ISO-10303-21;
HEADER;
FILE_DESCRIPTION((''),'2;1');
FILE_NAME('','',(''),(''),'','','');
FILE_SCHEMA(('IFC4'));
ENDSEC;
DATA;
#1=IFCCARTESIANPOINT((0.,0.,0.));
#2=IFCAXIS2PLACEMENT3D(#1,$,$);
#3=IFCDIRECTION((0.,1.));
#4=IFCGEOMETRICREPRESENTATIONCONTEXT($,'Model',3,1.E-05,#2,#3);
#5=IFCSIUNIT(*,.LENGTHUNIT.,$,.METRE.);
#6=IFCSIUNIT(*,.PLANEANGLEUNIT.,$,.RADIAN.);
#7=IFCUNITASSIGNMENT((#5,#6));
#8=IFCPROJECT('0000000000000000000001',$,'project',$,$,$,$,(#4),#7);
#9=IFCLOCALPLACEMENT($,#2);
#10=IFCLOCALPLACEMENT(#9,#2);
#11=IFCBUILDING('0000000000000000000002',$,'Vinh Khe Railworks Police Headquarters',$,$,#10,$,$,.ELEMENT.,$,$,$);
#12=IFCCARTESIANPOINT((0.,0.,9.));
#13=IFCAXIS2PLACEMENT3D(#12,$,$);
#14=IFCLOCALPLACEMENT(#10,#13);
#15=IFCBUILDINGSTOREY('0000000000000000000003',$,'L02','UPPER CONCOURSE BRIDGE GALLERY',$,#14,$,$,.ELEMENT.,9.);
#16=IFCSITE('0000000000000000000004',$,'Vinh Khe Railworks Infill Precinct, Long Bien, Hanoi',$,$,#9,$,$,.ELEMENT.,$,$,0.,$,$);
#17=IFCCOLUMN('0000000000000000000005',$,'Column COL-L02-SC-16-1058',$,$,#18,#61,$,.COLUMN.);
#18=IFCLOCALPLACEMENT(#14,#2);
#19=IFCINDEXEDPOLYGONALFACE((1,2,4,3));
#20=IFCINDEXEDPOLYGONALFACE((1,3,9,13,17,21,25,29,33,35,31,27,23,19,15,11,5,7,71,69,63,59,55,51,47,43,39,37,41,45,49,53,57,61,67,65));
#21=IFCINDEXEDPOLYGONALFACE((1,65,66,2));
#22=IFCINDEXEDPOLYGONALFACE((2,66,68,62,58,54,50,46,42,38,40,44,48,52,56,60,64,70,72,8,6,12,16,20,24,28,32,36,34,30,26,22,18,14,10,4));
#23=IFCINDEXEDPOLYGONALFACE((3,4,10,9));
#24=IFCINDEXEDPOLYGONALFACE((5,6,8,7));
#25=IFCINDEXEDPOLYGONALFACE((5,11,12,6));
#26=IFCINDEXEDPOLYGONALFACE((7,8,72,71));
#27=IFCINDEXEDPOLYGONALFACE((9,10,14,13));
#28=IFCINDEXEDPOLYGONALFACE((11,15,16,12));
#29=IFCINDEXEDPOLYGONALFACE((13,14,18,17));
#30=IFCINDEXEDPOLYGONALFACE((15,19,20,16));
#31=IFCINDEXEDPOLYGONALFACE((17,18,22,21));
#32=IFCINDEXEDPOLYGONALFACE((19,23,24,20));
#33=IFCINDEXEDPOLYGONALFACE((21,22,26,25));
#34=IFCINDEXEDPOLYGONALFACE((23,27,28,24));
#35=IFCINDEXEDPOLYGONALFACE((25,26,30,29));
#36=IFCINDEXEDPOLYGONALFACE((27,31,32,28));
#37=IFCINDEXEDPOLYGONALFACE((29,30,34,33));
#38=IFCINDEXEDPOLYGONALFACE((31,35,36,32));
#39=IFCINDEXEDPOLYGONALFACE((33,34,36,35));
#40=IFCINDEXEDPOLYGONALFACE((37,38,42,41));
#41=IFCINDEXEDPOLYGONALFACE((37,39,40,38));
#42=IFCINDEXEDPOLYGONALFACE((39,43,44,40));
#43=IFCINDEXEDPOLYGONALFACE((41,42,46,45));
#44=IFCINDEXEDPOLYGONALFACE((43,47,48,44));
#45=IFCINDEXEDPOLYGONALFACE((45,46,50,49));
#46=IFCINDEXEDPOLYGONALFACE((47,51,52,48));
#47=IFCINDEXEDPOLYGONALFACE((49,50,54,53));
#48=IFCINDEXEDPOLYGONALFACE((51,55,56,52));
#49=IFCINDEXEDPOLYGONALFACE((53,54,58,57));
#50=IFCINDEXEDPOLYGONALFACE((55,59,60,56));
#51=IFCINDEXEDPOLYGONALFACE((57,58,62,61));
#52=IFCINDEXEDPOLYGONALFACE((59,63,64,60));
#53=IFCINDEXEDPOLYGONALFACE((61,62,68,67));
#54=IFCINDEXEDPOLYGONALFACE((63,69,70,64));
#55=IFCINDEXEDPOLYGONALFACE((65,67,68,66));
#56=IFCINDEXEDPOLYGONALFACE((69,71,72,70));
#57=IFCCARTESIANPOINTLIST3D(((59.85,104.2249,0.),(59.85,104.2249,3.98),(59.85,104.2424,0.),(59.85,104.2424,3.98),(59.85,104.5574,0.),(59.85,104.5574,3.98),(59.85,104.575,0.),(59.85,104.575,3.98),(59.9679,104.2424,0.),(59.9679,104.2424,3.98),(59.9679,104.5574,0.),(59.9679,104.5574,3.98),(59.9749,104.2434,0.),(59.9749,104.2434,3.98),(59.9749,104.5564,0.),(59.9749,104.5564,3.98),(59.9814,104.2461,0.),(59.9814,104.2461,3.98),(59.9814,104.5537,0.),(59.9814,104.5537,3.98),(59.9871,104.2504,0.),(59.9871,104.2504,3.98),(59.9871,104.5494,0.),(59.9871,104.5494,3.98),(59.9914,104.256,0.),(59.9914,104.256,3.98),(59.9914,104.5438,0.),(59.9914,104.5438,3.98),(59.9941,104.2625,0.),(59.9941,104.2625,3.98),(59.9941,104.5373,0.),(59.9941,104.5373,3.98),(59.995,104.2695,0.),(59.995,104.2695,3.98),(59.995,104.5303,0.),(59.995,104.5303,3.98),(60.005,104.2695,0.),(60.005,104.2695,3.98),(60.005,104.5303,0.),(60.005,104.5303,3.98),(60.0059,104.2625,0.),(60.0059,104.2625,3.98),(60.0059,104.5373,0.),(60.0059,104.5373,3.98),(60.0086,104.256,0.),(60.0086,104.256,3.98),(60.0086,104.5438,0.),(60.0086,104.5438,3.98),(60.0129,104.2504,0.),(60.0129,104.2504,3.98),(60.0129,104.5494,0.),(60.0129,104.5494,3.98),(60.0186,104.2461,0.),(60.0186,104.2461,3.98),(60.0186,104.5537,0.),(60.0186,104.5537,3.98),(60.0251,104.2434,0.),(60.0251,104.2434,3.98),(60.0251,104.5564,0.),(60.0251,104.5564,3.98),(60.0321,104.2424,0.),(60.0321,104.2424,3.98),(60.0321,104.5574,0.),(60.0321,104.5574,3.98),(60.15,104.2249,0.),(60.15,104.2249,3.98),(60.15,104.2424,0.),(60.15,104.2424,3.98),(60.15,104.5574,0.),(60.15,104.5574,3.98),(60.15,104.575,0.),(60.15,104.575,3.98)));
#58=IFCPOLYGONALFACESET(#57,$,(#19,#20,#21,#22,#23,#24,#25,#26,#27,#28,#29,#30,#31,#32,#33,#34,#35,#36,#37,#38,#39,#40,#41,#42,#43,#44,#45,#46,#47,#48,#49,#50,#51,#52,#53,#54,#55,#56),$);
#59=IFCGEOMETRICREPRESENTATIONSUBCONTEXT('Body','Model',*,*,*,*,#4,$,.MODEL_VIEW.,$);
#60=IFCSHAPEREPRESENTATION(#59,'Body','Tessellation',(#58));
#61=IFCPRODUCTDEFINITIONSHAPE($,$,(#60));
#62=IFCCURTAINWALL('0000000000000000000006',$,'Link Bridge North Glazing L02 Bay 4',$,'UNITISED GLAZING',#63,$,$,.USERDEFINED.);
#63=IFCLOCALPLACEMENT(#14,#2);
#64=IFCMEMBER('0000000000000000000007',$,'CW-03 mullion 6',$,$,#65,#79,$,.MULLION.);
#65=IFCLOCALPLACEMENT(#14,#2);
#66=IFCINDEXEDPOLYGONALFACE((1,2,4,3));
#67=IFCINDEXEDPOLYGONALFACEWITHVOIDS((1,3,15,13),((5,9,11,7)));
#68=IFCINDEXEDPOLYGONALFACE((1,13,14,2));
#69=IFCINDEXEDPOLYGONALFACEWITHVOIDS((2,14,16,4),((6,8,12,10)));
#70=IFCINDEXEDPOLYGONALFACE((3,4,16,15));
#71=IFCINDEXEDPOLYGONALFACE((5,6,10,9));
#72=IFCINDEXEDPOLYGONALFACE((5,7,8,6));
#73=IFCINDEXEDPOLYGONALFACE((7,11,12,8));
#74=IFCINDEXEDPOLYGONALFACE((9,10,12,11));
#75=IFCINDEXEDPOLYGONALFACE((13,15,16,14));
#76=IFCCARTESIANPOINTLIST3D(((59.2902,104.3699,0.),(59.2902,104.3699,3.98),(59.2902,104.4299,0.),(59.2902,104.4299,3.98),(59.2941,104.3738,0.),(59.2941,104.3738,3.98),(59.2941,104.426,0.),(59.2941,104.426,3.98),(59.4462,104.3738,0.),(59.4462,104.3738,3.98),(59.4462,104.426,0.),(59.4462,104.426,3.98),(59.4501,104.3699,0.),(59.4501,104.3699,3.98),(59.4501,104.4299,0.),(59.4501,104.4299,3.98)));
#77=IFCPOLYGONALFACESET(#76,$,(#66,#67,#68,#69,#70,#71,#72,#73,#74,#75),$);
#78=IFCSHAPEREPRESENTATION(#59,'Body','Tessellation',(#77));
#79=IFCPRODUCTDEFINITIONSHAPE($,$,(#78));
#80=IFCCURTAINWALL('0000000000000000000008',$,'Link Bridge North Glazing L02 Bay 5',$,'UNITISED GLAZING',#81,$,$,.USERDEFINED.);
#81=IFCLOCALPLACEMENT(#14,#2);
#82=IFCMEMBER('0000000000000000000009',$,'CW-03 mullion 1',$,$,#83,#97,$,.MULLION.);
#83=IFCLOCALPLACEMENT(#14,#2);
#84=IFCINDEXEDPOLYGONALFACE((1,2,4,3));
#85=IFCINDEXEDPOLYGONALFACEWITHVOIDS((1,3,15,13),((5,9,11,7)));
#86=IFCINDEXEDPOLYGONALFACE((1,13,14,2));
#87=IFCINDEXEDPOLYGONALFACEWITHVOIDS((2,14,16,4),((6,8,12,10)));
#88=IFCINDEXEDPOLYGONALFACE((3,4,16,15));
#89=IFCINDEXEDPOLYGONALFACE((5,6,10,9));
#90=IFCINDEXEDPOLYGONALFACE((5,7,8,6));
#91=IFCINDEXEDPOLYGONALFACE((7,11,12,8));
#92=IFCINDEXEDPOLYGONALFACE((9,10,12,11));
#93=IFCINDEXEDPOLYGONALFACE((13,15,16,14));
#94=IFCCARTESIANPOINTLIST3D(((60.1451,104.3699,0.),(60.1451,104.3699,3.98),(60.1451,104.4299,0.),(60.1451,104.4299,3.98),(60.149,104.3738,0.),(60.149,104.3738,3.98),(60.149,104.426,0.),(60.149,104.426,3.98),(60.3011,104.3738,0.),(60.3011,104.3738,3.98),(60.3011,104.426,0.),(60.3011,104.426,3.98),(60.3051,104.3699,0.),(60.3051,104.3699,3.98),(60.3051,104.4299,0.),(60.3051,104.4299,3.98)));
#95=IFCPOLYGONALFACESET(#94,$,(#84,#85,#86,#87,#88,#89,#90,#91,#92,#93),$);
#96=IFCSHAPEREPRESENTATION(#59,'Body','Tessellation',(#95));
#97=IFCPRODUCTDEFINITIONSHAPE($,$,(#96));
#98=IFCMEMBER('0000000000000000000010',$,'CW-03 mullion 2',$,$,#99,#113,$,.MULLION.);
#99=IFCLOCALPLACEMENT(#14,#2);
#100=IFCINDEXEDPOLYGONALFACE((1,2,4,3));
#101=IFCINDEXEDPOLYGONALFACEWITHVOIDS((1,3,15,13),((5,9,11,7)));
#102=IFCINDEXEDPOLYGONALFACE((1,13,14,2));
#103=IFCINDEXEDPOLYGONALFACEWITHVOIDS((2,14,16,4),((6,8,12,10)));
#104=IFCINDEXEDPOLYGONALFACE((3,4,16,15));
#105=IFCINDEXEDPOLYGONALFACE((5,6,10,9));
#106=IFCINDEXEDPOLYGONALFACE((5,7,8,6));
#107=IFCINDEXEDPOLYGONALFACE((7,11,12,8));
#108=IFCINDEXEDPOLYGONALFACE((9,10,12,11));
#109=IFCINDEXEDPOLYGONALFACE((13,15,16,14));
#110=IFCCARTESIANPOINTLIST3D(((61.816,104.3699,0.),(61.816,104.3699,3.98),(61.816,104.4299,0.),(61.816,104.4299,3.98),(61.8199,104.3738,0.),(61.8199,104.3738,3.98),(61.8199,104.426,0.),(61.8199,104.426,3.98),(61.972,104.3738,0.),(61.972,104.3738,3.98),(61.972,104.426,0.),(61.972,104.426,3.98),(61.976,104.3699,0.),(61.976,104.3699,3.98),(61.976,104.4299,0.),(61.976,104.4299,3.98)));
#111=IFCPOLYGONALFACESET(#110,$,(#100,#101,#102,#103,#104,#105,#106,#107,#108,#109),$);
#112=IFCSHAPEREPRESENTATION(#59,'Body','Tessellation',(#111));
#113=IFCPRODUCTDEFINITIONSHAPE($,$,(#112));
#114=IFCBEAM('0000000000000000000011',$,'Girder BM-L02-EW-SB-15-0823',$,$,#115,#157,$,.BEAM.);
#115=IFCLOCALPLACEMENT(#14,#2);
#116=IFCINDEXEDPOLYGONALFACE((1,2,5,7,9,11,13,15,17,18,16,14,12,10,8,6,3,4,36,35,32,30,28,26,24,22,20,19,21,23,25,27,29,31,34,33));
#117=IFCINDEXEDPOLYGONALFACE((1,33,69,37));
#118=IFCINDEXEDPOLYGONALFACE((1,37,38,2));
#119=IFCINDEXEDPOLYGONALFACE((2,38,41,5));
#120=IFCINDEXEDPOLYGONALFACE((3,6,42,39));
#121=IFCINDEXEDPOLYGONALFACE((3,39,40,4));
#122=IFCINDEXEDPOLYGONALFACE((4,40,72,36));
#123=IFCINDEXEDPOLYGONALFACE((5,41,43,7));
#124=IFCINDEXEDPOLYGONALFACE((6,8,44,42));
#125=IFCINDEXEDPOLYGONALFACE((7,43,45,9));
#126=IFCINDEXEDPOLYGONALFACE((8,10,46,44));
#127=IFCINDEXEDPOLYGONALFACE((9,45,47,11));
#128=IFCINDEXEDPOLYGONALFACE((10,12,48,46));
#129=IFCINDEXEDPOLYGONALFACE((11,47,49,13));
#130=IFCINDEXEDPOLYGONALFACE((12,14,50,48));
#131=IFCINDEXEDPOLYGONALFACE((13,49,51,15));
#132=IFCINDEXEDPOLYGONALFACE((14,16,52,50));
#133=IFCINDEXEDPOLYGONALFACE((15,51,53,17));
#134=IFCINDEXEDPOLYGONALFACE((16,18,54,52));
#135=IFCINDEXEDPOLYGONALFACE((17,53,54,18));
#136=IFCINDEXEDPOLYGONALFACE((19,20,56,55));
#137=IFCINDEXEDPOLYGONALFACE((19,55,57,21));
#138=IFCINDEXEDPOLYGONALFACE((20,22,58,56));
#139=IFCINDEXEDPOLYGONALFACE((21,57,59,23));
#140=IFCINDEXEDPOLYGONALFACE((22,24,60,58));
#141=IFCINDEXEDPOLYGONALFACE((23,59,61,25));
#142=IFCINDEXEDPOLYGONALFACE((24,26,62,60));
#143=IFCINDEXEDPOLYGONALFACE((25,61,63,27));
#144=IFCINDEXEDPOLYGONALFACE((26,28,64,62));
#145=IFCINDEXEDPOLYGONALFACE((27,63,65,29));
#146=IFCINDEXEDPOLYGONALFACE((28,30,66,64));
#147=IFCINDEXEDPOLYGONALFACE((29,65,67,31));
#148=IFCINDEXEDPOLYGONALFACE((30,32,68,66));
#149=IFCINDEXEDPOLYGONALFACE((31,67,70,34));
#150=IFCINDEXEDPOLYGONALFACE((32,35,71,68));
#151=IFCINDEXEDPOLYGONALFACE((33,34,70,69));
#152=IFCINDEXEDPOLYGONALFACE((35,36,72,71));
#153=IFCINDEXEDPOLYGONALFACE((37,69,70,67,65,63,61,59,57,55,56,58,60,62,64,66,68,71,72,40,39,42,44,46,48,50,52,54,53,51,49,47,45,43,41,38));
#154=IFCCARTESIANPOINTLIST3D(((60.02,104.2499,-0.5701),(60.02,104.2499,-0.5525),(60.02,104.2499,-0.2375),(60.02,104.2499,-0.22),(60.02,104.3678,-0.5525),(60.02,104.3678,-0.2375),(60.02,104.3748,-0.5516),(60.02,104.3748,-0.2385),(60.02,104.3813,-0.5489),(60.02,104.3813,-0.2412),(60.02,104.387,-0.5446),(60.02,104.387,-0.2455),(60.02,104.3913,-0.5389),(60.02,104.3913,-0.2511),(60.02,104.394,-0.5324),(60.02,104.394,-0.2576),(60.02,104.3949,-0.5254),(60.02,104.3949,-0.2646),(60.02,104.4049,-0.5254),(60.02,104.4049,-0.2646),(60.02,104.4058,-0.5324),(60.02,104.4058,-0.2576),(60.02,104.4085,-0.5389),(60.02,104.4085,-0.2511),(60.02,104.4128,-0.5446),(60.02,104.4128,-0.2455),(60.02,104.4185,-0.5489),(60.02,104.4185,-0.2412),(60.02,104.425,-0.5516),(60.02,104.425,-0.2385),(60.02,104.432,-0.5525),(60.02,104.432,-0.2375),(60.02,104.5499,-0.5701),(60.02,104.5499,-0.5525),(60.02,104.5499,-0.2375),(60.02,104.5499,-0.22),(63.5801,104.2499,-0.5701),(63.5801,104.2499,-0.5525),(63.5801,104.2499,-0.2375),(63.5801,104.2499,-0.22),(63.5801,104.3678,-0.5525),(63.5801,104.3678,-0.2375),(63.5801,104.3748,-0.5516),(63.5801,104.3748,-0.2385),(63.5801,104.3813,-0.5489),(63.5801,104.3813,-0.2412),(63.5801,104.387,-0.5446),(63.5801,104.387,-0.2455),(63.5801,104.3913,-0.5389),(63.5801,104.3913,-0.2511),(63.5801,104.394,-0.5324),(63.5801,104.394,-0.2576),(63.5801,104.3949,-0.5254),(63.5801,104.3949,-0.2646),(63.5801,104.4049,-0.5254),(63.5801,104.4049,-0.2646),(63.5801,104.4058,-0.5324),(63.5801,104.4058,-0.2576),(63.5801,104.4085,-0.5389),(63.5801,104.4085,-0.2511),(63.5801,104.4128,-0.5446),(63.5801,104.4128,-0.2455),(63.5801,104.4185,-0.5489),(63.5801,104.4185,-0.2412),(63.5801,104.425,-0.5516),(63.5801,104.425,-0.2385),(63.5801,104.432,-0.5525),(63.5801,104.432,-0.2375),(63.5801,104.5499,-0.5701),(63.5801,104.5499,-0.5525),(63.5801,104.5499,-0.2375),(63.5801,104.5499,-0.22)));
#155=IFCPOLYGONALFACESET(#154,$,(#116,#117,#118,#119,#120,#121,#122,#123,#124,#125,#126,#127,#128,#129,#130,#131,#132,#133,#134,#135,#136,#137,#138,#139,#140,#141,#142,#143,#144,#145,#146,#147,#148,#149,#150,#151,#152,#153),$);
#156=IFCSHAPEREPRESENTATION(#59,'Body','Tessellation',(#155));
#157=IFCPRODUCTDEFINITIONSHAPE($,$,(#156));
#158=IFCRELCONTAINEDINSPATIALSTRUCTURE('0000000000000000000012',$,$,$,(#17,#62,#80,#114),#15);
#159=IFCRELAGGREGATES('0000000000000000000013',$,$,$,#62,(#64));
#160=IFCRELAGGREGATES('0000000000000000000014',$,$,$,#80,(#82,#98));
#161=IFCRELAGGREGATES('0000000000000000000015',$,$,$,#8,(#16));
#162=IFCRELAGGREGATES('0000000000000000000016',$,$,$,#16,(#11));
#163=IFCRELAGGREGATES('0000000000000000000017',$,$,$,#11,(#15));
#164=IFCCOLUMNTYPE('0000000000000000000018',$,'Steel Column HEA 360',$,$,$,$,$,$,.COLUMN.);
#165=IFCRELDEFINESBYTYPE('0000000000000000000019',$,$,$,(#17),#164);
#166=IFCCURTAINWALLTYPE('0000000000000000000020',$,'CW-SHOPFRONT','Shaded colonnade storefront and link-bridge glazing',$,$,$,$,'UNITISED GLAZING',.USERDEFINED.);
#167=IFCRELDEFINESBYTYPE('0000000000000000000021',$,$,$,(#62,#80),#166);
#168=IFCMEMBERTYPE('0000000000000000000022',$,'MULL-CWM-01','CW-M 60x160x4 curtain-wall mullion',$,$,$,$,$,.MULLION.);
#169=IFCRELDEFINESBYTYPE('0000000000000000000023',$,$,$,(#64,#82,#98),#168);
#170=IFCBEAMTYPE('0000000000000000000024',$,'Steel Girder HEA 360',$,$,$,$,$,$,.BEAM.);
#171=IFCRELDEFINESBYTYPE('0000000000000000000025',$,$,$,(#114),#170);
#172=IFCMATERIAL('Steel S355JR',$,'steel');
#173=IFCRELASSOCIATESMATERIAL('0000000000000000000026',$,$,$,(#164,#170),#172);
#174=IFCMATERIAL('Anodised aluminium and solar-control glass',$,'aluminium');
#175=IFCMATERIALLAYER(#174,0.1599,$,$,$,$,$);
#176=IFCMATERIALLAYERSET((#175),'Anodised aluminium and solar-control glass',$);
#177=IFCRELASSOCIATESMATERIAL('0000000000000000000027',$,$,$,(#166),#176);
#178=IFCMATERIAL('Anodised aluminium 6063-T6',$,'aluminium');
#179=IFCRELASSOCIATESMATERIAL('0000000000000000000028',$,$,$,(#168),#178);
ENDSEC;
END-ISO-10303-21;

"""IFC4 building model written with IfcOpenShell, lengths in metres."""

from ifc_helpers import new_model, si_unit, direction, frame, origin, origin_2d, place, context, subcontext, project, spatial, hollow_rectangle, i_section, extrude, material, layer, layer_set, material_profile, profile_set, type_object, element, aggregate, save


model = new_model("IFC4")

# Units and contexts
model_context = context("Model", 3, precision=1e-05, world=origin(), true_north=direction((0.0, 1.0)))
body_context = subcontext(model_context, "Body", "Model", "MODEL_VIEW")
ifc_project = project(units=[si_unit("LENGTHUNIT", "METRE"), si_unit("PLANEANGLEUNIT", "RADIAN")], contexts=[model_context])

# Site, building, storey
site_placement = place(None, origin())
site = spatial("IfcSite", under=ifc_project, at=site_placement, Name="Vinh Khe Railworks Infill Precinct, Long Bien, Hanoi", CompositionType="ELEMENT", RefElevation=0.0)
building_placement = place(site_placement, origin())
building = spatial("IfcBuilding", under=site, at=building_placement, Name="Vinh Khe Railworks Police Headquarters", CompositionType="ELEMENT")
storey_placement = place(building_placement, frame((0.0, 0.0, 9.0)))
storey = spatial("IfcBuildingStorey", under=building, at=storey_placement, Name="L02", Description="UPPER CONCOURSE BRIDGE GALLERY", CompositionType="ELEMENT", Elevation=9.0)

# Column
ifc_material_1 = material(Name="Steel S355JR", Category="steel")
ifc_material_profile_1 = material_profile(ifc_material_1, i_section(OverallWidth=0.3, OverallDepth=0.3501, WebThickness=0.01, FlangeThickness=0.0176, FilletRadius=0.0271, at=origin_2d()), Name="HEA 360")
ifc_profile_set_1 = profile_set([ifc_material_profile_1], Name="Steel S355JR")
column_type = type_object("IfcColumnType", Name="Steel Column HEA 360", PredefinedType="COLUMN", material=ifc_profile_set_1)
column_placement = place(storey_placement, frame((60.0, 104.3999, 0.0), z_axis=(0.0, 0.0, 1.0), x_axis=(1.0, 0.0, 0.0)))
element("IfcColumn", 1, at=column_placement, inside=storey, type_object=column_type, Name="Column COL-L02-SC-16-1058", PredefinedType="COLUMN", context=body_context, shape_type="SweptSolid", body=[
    extrude(i_section(OverallWidth=0.3, OverallDepth=0.3501, WebThickness=0.01, FlangeThickness=0.0176, FilletRadius=0.0271, at=origin_2d()), origin(), (0.0, 0.0, 1.0), 3.98),
])

# Curtain wall, member
ifc_material_2 = material(Name="Anodised aluminium and solar-control glass", Category="aluminium")
ifc_layer_1 = layer(ifc_material_2, 0.1599)
ifc_layer_set_1 = layer_set([ifc_layer_1], Name="Anodised aluminium and solar-control glass")
curtain_wall_type = type_object("IfcCurtainWallType", Name="CW-SHOPFRONT", Description="Shaded colonnade storefront and link-bridge glazing", ElementType="UNITISED GLAZING", PredefinedType="USERDEFINED", material=ifc_layer_set_1)
curtain_wall_1_placement = place(storey_placement, origin())
curtain_wall_1 = element("IfcCurtainWall", 2, at=curtain_wall_1_placement, inside=storey, type_object=curtain_wall_type, Name="Link Bridge North Glazing L02 Bay 4", ObjectType="UNITISED GLAZING", PredefinedType="USERDEFINED")
ifc_material_3 = material(Name="Anodised aluminium 6063-T6", Category="aluminium")
ifc_material_profile_2 = material_profile(ifc_material_3, hollow_rectangle(XDim=0.0601, YDim=0.1599, WallThickness=0.0039, at=origin_2d()), Name="CW-M 60x160x4")
ifc_profile_set_2 = profile_set([ifc_material_profile_2], Name="Anodised aluminium 6063-T6")
member_type_1 = type_object("IfcMemberType", Name="MULL-CWM-01", Description="CW-M 60x160x4 curtain-wall mullion", PredefinedType="MULLION", material=ifc_profile_set_2)
member_1_placement = place(storey_placement, frame((59.3701, 104.3999, 0.0), z_axis=(0.0, 0.0, 1.0), x_axis=(0.0, 1.0, 0.0)))
member_1 = element("IfcMember", 3, at=member_1_placement, type_object=member_type_1, Name="CW-03 mullion 6", PredefinedType="MULLION", context=body_context, shape_type="SweptSolid", body=[
    extrude(hollow_rectangle(XDim=0.0601, YDim=0.1599, WallThickness=0.0039, at=origin_2d()), origin(), (0.0, 0.0, 1.0), 3.98),
])

# Curtain wall, members
curtain_wall_2_placement = place(storey_placement, origin())
curtain_wall_2 = element("IfcCurtainWall", 4, at=curtain_wall_2_placement, inside=storey, type_object=curtain_wall_type, Name="Link Bridge North Glazing L02 Bay 5", ObjectType="UNITISED GLAZING", PredefinedType="USERDEFINED")
member_2_placement = place(storey_placement, frame((60.2251, 104.3999, 0.0), z_axis=(0.0, 0.0, 1.0), x_axis=(0.0, 1.0, 0.0)))
member_2 = element("IfcMember", 5, at=member_2_placement, type_object=member_type_1, Name="CW-03 mullion 1", PredefinedType="MULLION", context=body_context, shape_type="SweptSolid", body=[
    extrude(hollow_rectangle(XDim=0.0601, YDim=0.1599, WallThickness=0.0039, at=origin_2d()), origin(), (0.0, 0.0, 1.0), 3.98),
])
member_3_placement = place(storey_placement, frame((61.896, 104.3999, 0.0), z_axis=(0.0, 0.0, 1.0), x_axis=(0.0, 1.0, 0.0)))
member_3 = element("IfcMember", 6, at=member_3_placement, type_object=member_type_1, Name="CW-03 mullion 2", PredefinedType="MULLION", context=body_context, shape_type="SweptSolid", body=[
    extrude(hollow_rectangle(XDim=0.0601, YDim=0.1599, WallThickness=0.0039, at=origin_2d()), origin(), (0.0, 0.0, 1.0), 3.98),
])

# Beam
ifc_material_profile_3 = material_profile(ifc_material_1, i_section(OverallWidth=0.3, OverallDepth=0.3501, WebThickness=0.01, FlangeThickness=0.0176, FilletRadius=0.0271, at=origin_2d()), Name="HEA 360")
ifc_profile_set_3 = profile_set([ifc_material_profile_3], Name="Steel S355JR")
beam_type_1 = type_object("IfcBeamType", Name="Steel Girder HEA 360", PredefinedType="BEAM", material=ifc_profile_set_3)
beam_1_placement = place(storey_placement, frame((60.02, 104.3999, -0.395), z_axis=(1.0, 0.0, 0.0), x_axis=(0.0, 1.0, 0.0)))
element("IfcBeam", 7, at=beam_1_placement, inside=storey, type_object=beam_type_1, Name="Girder BM-L02-EW-SB-15-0823", PredefinedType="BEAM", context=body_context, shape_type="SweptSolid", body=[
    extrude(i_section(OverallWidth=0.3, OverallDepth=0.3501, WebThickness=0.01, FlangeThickness=0.0176, FilletRadius=0.0271, at=origin_2d()), origin(), (0.0, 0.0, 1.0), 3.5601),
])

aggregate(curtain_wall_1, [member_1])
aggregate(curtain_wall_2, [member_2, member_3])

save(model, "model.ifc")
